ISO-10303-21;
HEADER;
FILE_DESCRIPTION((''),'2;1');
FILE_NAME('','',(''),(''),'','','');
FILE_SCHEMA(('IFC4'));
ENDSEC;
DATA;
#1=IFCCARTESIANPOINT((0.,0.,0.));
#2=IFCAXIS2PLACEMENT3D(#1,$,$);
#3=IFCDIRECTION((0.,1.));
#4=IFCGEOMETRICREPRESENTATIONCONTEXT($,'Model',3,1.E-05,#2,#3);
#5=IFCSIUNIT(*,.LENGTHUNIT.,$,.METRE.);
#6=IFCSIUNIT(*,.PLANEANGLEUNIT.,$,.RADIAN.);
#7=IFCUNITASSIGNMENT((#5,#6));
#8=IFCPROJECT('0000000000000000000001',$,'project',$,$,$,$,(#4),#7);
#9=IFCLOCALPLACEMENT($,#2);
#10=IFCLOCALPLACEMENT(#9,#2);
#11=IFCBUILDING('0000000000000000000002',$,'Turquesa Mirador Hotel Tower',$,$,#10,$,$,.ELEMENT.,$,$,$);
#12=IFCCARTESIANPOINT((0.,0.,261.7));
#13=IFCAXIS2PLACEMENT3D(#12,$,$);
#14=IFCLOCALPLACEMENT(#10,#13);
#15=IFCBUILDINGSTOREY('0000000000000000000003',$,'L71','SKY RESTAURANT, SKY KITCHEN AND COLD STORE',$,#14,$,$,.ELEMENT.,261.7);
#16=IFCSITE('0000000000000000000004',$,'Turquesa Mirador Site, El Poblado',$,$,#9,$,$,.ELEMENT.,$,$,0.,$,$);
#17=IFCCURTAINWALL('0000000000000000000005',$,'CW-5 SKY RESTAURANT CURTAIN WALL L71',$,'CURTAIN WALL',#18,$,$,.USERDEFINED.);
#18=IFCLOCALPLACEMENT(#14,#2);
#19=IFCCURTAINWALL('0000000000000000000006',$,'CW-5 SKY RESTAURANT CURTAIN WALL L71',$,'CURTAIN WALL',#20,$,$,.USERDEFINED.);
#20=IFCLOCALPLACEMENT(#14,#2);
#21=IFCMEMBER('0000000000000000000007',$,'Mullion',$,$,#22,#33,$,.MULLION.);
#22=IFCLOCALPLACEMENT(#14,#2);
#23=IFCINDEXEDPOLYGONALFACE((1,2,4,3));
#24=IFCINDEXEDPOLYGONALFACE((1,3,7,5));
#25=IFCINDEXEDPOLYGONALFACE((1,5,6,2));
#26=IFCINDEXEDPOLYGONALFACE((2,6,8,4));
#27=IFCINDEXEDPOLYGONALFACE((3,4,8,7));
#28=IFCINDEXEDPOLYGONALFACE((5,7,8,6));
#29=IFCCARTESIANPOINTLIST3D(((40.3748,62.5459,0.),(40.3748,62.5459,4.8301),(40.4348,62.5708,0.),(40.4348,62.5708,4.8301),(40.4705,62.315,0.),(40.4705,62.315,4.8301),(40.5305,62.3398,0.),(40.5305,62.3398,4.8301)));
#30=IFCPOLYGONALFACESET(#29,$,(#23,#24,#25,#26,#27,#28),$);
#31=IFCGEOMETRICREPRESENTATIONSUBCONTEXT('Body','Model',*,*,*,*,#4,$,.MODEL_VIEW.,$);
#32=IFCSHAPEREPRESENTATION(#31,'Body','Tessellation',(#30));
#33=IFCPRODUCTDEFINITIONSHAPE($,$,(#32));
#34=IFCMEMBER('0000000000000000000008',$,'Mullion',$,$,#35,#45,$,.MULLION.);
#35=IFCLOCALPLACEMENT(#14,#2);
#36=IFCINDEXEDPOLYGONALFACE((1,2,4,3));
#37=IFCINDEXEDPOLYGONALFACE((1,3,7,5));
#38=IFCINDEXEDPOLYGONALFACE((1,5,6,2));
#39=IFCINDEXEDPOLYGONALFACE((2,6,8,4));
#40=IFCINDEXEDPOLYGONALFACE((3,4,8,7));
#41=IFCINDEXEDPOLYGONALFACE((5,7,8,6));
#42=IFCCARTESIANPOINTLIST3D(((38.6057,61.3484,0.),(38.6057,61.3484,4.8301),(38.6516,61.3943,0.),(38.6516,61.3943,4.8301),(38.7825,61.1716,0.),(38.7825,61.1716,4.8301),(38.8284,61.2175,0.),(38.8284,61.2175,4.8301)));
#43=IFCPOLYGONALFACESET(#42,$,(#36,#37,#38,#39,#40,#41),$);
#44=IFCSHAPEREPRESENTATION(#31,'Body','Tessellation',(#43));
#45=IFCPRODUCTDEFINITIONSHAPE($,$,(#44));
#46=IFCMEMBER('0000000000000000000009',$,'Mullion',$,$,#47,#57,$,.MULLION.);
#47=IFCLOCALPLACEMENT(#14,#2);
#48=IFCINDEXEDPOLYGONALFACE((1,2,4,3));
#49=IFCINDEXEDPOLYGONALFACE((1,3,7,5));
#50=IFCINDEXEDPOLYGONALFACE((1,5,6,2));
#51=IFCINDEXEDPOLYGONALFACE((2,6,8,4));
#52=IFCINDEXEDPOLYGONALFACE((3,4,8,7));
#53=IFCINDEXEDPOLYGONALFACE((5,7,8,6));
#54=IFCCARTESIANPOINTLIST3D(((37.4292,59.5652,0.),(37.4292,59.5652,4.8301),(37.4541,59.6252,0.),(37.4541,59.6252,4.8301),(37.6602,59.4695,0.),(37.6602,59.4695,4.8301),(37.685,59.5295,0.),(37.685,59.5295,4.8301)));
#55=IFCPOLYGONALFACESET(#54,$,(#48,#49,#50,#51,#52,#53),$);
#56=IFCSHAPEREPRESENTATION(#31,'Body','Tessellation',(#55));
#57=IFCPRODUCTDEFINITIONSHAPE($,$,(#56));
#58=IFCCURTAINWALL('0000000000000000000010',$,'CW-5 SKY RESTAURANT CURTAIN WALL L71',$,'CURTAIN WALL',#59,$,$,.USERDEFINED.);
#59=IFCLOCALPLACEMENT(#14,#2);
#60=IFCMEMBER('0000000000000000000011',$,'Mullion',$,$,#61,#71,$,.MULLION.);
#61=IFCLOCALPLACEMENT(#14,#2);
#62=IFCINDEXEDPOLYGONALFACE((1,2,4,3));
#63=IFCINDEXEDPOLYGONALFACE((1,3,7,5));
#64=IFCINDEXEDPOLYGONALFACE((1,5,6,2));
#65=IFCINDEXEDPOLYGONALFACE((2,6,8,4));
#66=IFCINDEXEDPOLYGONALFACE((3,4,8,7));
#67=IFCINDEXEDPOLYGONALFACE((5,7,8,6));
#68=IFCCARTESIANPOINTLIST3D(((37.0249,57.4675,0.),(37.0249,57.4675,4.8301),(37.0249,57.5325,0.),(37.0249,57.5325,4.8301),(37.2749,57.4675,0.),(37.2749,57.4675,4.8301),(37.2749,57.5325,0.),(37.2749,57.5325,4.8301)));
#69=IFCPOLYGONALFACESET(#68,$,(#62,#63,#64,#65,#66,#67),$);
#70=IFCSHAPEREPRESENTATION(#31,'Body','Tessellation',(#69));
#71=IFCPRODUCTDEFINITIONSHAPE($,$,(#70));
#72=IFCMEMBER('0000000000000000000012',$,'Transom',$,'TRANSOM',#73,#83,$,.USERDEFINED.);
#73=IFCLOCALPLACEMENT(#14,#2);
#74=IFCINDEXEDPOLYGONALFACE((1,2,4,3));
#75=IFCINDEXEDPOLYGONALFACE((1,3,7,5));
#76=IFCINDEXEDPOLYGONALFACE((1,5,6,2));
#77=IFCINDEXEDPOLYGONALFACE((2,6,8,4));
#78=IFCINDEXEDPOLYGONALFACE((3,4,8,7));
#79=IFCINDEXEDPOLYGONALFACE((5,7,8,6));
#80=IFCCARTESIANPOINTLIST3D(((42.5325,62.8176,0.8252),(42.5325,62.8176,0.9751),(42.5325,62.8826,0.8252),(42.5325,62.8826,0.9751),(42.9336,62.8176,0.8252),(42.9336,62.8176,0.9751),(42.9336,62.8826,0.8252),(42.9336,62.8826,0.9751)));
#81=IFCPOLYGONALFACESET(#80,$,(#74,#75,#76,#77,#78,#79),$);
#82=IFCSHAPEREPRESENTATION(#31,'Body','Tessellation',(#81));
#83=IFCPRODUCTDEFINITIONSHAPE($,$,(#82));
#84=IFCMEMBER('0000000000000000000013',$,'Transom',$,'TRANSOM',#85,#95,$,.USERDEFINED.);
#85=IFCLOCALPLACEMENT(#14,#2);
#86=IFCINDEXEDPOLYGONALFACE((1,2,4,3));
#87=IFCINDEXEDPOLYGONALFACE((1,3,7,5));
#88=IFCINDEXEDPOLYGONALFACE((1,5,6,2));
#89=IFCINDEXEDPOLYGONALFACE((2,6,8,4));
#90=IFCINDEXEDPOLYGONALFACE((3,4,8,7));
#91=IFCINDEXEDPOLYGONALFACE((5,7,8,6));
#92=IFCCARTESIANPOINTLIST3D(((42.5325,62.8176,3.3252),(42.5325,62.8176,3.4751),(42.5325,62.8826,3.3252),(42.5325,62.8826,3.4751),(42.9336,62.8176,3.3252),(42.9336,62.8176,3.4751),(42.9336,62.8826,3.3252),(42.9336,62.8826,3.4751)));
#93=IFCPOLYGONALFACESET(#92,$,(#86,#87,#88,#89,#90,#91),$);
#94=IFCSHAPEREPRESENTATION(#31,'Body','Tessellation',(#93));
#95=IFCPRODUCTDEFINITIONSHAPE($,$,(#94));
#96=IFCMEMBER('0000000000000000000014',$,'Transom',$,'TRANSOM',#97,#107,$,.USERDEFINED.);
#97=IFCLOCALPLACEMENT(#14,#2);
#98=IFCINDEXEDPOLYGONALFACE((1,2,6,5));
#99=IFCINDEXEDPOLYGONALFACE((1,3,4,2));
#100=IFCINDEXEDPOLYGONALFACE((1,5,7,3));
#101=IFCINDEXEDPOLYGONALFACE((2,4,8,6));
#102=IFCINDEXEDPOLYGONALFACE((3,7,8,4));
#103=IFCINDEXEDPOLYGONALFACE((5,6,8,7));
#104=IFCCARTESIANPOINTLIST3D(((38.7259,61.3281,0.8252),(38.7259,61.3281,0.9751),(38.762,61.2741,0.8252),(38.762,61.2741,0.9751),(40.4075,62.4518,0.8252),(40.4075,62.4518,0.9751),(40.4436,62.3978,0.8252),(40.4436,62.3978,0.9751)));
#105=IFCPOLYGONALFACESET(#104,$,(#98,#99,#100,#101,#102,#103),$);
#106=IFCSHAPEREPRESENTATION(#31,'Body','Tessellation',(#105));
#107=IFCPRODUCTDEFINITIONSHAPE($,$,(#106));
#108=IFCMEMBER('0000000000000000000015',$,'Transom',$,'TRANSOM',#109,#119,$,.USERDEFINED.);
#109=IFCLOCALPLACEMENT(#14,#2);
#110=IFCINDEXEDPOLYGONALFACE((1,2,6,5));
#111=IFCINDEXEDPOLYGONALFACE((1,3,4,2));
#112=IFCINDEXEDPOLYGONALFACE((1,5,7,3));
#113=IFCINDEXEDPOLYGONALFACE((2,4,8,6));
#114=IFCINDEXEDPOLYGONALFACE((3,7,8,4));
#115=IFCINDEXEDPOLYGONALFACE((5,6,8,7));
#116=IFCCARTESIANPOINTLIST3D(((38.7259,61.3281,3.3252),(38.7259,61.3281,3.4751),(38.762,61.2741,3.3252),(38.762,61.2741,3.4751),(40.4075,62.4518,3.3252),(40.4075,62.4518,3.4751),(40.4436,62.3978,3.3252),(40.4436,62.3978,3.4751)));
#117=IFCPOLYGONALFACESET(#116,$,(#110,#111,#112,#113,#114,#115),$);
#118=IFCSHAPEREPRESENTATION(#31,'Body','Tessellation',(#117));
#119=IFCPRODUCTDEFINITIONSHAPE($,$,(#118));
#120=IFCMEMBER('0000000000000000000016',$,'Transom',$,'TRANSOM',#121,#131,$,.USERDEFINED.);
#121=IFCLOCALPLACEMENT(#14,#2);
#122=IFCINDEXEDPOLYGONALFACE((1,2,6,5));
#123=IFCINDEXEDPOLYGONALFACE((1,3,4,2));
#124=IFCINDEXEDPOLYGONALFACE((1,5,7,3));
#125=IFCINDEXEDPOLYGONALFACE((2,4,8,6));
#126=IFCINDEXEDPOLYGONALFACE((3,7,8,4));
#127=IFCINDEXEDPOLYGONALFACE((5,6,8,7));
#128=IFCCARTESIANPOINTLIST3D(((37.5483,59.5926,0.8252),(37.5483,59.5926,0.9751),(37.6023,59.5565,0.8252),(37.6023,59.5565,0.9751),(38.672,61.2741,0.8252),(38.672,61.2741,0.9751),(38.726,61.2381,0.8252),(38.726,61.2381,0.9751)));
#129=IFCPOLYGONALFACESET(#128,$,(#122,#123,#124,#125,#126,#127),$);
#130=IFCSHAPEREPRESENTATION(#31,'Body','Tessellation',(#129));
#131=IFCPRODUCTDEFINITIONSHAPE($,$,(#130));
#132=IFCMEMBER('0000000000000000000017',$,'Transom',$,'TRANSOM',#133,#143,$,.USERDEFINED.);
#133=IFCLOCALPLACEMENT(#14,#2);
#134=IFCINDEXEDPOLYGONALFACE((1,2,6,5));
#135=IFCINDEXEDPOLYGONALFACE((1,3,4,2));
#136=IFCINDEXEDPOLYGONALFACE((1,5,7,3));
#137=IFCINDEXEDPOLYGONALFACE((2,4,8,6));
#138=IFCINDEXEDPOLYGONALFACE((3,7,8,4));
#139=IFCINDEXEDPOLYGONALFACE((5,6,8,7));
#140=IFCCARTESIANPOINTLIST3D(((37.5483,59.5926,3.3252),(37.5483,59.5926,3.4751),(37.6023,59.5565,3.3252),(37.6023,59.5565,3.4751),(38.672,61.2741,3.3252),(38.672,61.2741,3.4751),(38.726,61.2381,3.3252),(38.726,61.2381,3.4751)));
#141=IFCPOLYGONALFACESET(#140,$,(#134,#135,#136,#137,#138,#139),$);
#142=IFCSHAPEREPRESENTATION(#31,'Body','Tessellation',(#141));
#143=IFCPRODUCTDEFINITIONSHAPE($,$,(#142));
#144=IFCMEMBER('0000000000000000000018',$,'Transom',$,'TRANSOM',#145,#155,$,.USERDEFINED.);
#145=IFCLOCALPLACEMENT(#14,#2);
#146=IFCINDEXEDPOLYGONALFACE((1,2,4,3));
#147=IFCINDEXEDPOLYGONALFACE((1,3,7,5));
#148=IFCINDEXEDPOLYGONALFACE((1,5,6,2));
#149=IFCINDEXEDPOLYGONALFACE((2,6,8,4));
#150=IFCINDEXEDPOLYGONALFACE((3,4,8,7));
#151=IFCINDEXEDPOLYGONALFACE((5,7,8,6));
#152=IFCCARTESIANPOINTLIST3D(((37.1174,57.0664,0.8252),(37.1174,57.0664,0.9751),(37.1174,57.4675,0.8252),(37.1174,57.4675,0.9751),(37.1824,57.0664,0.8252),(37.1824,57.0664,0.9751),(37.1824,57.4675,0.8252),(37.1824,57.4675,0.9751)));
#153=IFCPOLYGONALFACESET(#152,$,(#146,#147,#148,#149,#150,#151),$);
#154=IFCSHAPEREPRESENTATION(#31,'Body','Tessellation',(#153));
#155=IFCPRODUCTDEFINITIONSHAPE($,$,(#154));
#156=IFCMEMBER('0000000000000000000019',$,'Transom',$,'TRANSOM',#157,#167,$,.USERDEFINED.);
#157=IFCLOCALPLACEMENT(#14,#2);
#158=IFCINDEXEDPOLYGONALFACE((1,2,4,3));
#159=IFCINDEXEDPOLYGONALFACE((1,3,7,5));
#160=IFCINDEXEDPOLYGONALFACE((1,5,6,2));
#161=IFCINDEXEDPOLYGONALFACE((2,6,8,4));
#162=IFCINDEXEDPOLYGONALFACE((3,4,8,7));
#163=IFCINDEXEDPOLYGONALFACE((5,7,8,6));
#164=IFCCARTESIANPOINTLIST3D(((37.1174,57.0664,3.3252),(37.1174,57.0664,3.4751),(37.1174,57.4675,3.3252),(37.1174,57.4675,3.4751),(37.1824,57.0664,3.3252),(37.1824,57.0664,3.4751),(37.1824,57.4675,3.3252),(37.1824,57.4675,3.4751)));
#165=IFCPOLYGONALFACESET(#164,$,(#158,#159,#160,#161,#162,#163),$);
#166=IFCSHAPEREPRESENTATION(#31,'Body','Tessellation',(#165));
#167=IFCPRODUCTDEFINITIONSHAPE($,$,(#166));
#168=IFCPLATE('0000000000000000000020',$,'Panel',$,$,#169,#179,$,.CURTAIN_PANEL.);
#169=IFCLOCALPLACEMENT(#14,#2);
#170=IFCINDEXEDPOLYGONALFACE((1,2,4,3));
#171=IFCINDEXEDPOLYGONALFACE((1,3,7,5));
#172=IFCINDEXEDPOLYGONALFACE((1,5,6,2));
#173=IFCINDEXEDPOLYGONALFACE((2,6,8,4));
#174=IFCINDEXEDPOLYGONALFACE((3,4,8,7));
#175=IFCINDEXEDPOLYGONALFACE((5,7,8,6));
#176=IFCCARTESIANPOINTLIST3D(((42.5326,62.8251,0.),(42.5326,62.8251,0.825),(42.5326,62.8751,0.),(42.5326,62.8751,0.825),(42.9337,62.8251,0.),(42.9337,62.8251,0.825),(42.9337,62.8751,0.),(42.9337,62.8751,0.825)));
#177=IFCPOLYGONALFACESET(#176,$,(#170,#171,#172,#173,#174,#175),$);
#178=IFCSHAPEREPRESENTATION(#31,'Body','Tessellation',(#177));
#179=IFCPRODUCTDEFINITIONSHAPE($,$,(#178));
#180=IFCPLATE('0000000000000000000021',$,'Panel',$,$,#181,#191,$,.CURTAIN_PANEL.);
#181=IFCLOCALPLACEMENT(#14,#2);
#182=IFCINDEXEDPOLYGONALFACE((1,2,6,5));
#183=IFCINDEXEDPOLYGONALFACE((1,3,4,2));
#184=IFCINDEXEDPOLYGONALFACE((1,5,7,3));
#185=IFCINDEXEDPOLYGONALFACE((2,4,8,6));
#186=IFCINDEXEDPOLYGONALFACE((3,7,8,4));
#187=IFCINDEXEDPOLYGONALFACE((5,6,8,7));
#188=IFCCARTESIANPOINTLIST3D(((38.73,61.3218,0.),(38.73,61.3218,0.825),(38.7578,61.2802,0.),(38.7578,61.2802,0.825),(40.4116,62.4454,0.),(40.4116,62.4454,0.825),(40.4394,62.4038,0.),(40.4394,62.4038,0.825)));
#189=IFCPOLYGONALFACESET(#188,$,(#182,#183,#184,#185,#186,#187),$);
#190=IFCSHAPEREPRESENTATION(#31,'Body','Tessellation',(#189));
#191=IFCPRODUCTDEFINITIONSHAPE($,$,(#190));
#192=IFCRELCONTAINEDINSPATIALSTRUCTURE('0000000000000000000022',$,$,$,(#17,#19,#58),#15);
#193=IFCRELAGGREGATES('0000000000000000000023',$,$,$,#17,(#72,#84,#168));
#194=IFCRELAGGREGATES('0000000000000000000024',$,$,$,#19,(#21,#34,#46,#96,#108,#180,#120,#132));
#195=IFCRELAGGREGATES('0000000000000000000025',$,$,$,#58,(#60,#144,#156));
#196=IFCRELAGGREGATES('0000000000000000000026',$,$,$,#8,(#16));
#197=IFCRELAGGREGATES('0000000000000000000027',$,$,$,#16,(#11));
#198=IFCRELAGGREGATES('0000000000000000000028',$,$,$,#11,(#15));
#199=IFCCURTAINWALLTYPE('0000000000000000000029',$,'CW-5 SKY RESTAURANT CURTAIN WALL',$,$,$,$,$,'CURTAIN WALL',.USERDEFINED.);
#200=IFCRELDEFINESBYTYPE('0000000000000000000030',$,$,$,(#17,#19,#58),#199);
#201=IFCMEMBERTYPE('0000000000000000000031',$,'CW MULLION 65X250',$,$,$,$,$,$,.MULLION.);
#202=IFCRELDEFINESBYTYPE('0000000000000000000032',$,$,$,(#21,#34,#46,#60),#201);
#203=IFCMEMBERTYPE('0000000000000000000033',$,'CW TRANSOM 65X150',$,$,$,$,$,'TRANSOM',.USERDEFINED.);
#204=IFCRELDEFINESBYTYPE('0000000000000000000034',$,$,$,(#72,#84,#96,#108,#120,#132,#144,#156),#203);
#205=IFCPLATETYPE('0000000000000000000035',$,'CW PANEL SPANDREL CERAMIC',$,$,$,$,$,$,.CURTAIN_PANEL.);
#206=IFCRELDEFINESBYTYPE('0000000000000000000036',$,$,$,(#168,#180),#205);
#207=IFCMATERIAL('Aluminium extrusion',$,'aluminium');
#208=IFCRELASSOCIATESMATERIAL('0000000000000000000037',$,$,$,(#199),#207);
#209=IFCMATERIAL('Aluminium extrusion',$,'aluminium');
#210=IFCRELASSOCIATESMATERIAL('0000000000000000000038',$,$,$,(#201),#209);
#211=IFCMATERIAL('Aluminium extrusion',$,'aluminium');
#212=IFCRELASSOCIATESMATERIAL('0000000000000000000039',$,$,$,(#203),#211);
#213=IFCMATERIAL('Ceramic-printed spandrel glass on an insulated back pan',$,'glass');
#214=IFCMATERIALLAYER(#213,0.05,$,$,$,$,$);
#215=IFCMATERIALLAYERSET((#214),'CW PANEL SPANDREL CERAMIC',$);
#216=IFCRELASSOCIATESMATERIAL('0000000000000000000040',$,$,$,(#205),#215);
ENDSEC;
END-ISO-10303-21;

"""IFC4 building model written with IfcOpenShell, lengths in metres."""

from ifc_helpers import new_model, si_unit, direction, frame, origin, origin_2d, place, context, subcontext, project, spatial, rectangle, extrude, material, layer, layer_set, material_profile, profile_set, type_object, element, aggregate, save


model = new_model("IFC4")

# Units and contexts
model_context = context("Model", 3, precision=1e-05, world=origin(), true_north=direction((0.0, 1.0)))
body_context = subcontext(model_context, "Body", "Model", "MODEL_VIEW")
ifc_project = project(units=[si_unit("LENGTHUNIT", "METRE"), si_unit("PLANEANGLEUNIT", "RADIAN")], contexts=[model_context])

# Site, building, storey
site_placement = place(None, origin())
site = spatial("IfcSite", under=ifc_project, at=site_placement, Name="Turquesa Mirador Site, El Poblado", CompositionType="ELEMENT", RefElevation=0.0)
building_placement = place(site_placement, origin())
building = spatial("IfcBuilding", under=site, at=building_placement, Name="Turquesa Mirador Hotel Tower", CompositionType="ELEMENT")
storey_placement = place(building_placement, frame((0.0, 0.0, 261.7)))
storey = spatial("IfcBuildingStorey", under=building, at=storey_placement, Name="L71", Description="SKY RESTAURANT, SKY KITCHEN AND COLD STORE", CompositionType="ELEMENT", Elevation=261.7)

# Shared definitions
ifc_material_1 = material(Name="Aluminium extrusion", Category="aluminium")
curtain_wall_type = type_object("IfcCurtainWallType", Name="CW-5 SKY RESTAURANT CURTAIN WALL", ElementType="CURTAIN WALL", PredefinedType="USERDEFINED", material=ifc_material_1)
ifc_material_2 = material(Name="Aluminium extrusion", Category="aluminium")
ifc_material_profile_1 = material_profile(ifc_material_2, rectangle(XDim=0.0649, YDim=0.25, at=origin_2d()), Name="MULLION 65X250")
ifc_profile_set_1 = profile_set([ifc_material_profile_1], Name="Aluminium extrusion")
member_type_1 = type_object("IfcMemberType", Name="CW MULLION 65X250", PredefinedType="MULLION", material=ifc_profile_set_1)

# Curtain walls, members
curtain_wall_1_placement = place(storey_placement, origin())
curtain_wall_1 = element("IfcCurtainWall", 1, at=curtain_wall_1_placement, inside=storey, type_object=curtain_wall_type, Name="CW-5 SKY RESTAURANT CURTAIN WALL L71", ObjectType="CURTAIN WALL", PredefinedType="USERDEFINED")
curtain_wall_2_placement = place(storey_placement, origin())
curtain_wall_2 = element("IfcCurtainWall", 2, at=curtain_wall_2_placement, inside=storey, type_object=curtain_wall_type, Name="CW-5 SKY RESTAURANT CURTAIN WALL L71", ObjectType="CURTAIN WALL", PredefinedType="USERDEFINED")
member_1_placement = place(storey_placement, frame((40.4526, 62.4429, 0.0), z_axis=(0.0, 0.0, 1.0), x_axis=(-0.92388, -0.382683, 0.0)))
member_1 = element("IfcMember", 3, at=member_1_placement, type_object=member_type_1, Name="Mullion", PredefinedType="MULLION", context=body_context, shape_type="SweptSolid", body=[
    extrude(rectangle(XDim=0.0649, YDim=0.25, at=origin_2d()), origin(), (0.0, 0.0, 1.0), 4.8301),
])
member_2_placement = place(storey_placement, frame((38.717, 61.283, 0.0), z_axis=(0.0, 0.0, 1.0), x_axis=(-0.707107, -0.707107, 0.0)))
member_2 = element("IfcMember", 4, at=member_2_placement, type_object=member_type_1, Name="Mullion", PredefinedType="MULLION", context=body_context, shape_type="SweptSolid", body=[
    extrude(rectangle(XDim=0.0649, YDim=0.25, at=origin_2d()), origin(), (0.0, 0.0, 1.0), 4.8301),
])
member_3_placement = place(storey_placement, frame((37.5571, 59.5474, 0.0), z_axis=(0.0, 0.0, 1.0), x_axis=(-0.382683, -0.92388, 0.0)))
member_3 = element("IfcMember", 5, at=member_3_placement, type_object=member_type_1, Name="Mullion", PredefinedType="MULLION", context=body_context, shape_type="SweptSolid", body=[
    extrude(rectangle(XDim=0.0649, YDim=0.25, at=origin_2d()), origin(), (0.0, 0.0, 1.0), 4.8301),
])

# Curtain wall, member
curtain_wall_3_placement = place(storey_placement, origin())
curtain_wall_3 = element("IfcCurtainWall", 6, at=curtain_wall_3_placement, inside=storey, type_object=curtain_wall_type, Name="CW-5 SKY RESTAURANT CURTAIN WALL L71", ObjectType="CURTAIN WALL", PredefinedType="USERDEFINED")
member_4_placement = place(storey_placement, frame((37.1499, 57.5, 0.0), z_axis=(0.0, 0.0, 1.0), x_axis=(0.0, -1.0, 0.0)))
member_4 = element("IfcMember", 7, at=member_4_placement, type_object=member_type_1, Name="Mullion", PredefinedType="MULLION", context=body_context, shape_type="SweptSolid", body=[
    extrude(rectangle(XDim=0.0649, YDim=0.25, at=origin_2d()), origin(), (0.0, 0.0, 1.0), 4.8301),
])

# Members
ifc_material_3 = material(Name="Aluminium extrusion", Category="aluminium")
ifc_material_profile_2 = material_profile(ifc_material_3, rectangle(XDim=0.0649, YDim=0.1499, at=origin_2d()), Name="TRANSOM 65X150")
ifc_profile_set_2 = profile_set([ifc_material_profile_2], Name="Aluminium extrusion")
member_type_2 = type_object("IfcMemberType", Name="CW TRANSOM 65X150", ElementType="TRANSOM", PredefinedType="USERDEFINED", material=ifc_profile_set_2)
member_5_placement = place(storey_placement, frame((42.9336, 62.8501, 0.9001), z_axis=(-1.0, 0.0, 0.0), x_axis=(0.0, -1.0, 0.0)))
member_5 = element("IfcMember", 8, at=member_5_placement, type_object=member_type_2, Name="Transom", ObjectType="TRANSOM", PredefinedType="USERDEFINED", context=body_context, shape_type="SweptSolid", body=[
    extrude(rectangle(XDim=0.0649, YDim=0.1499, at=origin_2d()), origin(), (0.0, 0.0, 1.0), 0.4011),
])
member_6_placement = place(storey_placement, frame((42.9336, 62.8501, 3.4001), z_axis=(-1.0, 0.0, 0.0), x_axis=(0.0, -1.0, 0.0)))
member_6 = element("IfcMember", 9, at=member_6_placement, type_object=member_type_2, Name="Transom", ObjectType="TRANSOM", PredefinedType="USERDEFINED", context=body_context, shape_type="SweptSolid", body=[
    extrude(rectangle(XDim=0.0649, YDim=0.1499, at=origin_2d()), origin(), (0.0, 0.0, 1.0), 0.4011),
])
member_7_placement = place(storey_placement, frame((40.4255, 62.4248, 0.9001), z_axis=(-0.831437, -0.555619, 0.0), x_axis=(0.555619, -0.831437, 0.0)))
member_7 = element("IfcMember", 10, at=member_7_placement, type_object=member_type_2, Name="Transom", ObjectType="TRANSOM", PredefinedType="USERDEFINED", context=body_context, shape_type="SweptSolid", body=[
    extrude(rectangle(XDim=0.0649, YDim=0.1499, at=origin_2d()), origin(), (0.0, 0.0, 1.0), 2.0225),
])
member_8_placement = place(storey_placement, frame((40.4255, 62.4248, 3.4001), z_axis=(-0.831437, -0.555619, 0.0), x_axis=(0.555619, -0.831437, 0.0)))
member_8 = element("IfcMember", 11, at=member_8_placement, type_object=member_type_2, Name="Transom", ObjectType="TRANSOM", PredefinedType="USERDEFINED", context=body_context, shape_type="SweptSolid", body=[
    extrude(rectangle(XDim=0.0649, YDim=0.1499, at=origin_2d()), origin(), (0.0, 0.0, 1.0), 2.0225),
])
member_9_placement = place(storey_placement, frame((38.699, 61.2561, 0.9001), z_axis=(-0.555619, -0.831437, 0.0), x_axis=(0.831437, -0.555619, 0.0)))
member_9 = element("IfcMember", 12, at=member_9_placement, type_object=member_type_2, Name="Transom", ObjectType="TRANSOM", PredefinedType="USERDEFINED", context=body_context, shape_type="SweptSolid", body=[
    extrude(rectangle(XDim=0.0649, YDim=0.1499, at=origin_2d()), origin(), (0.0, 0.0, 1.0), 2.0225),
])
member_10_placement = place(storey_placement, frame((38.699, 61.2561, 3.4001), z_axis=(-0.555619, -0.831437, 0.0), x_axis=(0.831437, -0.555619, 0.0)))
member_10 = element("IfcMember", 13, at=member_10_placement, type_object=member_type_2, Name="Transom", ObjectType="TRANSOM", PredefinedType="USERDEFINED", context=body_context, shape_type="SweptSolid", body=[
    extrude(rectangle(XDim=0.0649, YDim=0.1499, at=origin_2d()), origin(), (0.0, 0.0, 1.0), 2.0225),
])
member_11_placement = place(storey_placement, frame((37.1499, 57.4675, 0.9001), z_axis=(0.0, -1.0, 0.0), x_axis=(1.0, 0.0, 0.0)))
member_11 = element("IfcMember", 14, at=member_11_placement, type_object=member_type_2, Name="Transom", ObjectType="TRANSOM", PredefinedType="USERDEFINED", context=body_context, shape_type="SweptSolid", body=[
    extrude(rectangle(XDim=0.0649, YDim=0.1499, at=origin_2d()), origin(), (0.0, 0.0, 1.0), 0.4011),
])
member_12_placement = place(storey_placement, frame((37.1499, 57.4675, 3.4001), z_axis=(0.0, -1.0, 0.0), x_axis=(1.0, 0.0, 0.0)))
member_12 = element("IfcMember", 15, at=member_12_placement, type_object=member_type_2, Name="Transom", ObjectType="TRANSOM", PredefinedType="USERDEFINED", context=body_context, shape_type="SweptSolid", body=[
    extrude(rectangle(XDim=0.0649, YDim=0.1499, at=origin_2d()), origin(), (0.0, 0.0, 1.0), 0.4011),
])

# Plates
ifc_material_4 = material(Name="Ceramic-printed spandrel glass on an insulated back pan", Category="glass")
ifc_layer_1 = layer(ifc_material_4, 0.05)
ifc_layer_set_1 = layer_set([ifc_layer_1], Name="CW PANEL SPANDREL CERAMIC")
plate_type_1 = type_object("IfcPlateType", Name="CW PANEL SPANDREL CERAMIC", PredefinedType="CURTAIN_PANEL", material=ifc_layer_set_1)
plate_1_placement = place(storey_placement, frame((42.7332, 62.8501, 0.0), z_axis=(0.0, 0.0, 1.0), x_axis=(-1.0, 0.0, 0.0)))
plate_1 = element("IfcPlate", 16, at=plate_1_placement, type_object=plate_type_1, Name="Panel", PredefinedType="CURTAIN_PANEL", context=body_context, shape_type="SweptSolid", body=[
    extrude(rectangle(XDim=0.4011, YDim=0.05, at=origin_2d()), origin(), (0.0, 0.0, 1.0), 0.825),
])
plate_2_placement = place(storey_placement, frame((39.5847, 61.8628, 0.0), z_axis=(0.0, 0.0, 1.0), x_axis=(-0.83147, -0.55557, 0.0)))
plate_2 = element("IfcPlate", 17, at=plate_2_placement, type_object=plate_type_1, Name="Panel", PredefinedType="CURTAIN_PANEL", context=body_context, shape_type="SweptSolid", body=[
    extrude(rectangle(XDim=2.0225, YDim=0.05, at=origin_2d()), origin(), (0.0, 0.0, 1.0), 0.825),
])
aggregate(curtain_wall_1, [member_5, member_6, plate_1])
aggregate(curtain_wall_2, [member_1, member_2, member_3, member_7, member_8, plate_2, member_9, member_10])
aggregate(curtain_wall_3, [member_4, member_11, member_12])

save(model, "model.ifc")
